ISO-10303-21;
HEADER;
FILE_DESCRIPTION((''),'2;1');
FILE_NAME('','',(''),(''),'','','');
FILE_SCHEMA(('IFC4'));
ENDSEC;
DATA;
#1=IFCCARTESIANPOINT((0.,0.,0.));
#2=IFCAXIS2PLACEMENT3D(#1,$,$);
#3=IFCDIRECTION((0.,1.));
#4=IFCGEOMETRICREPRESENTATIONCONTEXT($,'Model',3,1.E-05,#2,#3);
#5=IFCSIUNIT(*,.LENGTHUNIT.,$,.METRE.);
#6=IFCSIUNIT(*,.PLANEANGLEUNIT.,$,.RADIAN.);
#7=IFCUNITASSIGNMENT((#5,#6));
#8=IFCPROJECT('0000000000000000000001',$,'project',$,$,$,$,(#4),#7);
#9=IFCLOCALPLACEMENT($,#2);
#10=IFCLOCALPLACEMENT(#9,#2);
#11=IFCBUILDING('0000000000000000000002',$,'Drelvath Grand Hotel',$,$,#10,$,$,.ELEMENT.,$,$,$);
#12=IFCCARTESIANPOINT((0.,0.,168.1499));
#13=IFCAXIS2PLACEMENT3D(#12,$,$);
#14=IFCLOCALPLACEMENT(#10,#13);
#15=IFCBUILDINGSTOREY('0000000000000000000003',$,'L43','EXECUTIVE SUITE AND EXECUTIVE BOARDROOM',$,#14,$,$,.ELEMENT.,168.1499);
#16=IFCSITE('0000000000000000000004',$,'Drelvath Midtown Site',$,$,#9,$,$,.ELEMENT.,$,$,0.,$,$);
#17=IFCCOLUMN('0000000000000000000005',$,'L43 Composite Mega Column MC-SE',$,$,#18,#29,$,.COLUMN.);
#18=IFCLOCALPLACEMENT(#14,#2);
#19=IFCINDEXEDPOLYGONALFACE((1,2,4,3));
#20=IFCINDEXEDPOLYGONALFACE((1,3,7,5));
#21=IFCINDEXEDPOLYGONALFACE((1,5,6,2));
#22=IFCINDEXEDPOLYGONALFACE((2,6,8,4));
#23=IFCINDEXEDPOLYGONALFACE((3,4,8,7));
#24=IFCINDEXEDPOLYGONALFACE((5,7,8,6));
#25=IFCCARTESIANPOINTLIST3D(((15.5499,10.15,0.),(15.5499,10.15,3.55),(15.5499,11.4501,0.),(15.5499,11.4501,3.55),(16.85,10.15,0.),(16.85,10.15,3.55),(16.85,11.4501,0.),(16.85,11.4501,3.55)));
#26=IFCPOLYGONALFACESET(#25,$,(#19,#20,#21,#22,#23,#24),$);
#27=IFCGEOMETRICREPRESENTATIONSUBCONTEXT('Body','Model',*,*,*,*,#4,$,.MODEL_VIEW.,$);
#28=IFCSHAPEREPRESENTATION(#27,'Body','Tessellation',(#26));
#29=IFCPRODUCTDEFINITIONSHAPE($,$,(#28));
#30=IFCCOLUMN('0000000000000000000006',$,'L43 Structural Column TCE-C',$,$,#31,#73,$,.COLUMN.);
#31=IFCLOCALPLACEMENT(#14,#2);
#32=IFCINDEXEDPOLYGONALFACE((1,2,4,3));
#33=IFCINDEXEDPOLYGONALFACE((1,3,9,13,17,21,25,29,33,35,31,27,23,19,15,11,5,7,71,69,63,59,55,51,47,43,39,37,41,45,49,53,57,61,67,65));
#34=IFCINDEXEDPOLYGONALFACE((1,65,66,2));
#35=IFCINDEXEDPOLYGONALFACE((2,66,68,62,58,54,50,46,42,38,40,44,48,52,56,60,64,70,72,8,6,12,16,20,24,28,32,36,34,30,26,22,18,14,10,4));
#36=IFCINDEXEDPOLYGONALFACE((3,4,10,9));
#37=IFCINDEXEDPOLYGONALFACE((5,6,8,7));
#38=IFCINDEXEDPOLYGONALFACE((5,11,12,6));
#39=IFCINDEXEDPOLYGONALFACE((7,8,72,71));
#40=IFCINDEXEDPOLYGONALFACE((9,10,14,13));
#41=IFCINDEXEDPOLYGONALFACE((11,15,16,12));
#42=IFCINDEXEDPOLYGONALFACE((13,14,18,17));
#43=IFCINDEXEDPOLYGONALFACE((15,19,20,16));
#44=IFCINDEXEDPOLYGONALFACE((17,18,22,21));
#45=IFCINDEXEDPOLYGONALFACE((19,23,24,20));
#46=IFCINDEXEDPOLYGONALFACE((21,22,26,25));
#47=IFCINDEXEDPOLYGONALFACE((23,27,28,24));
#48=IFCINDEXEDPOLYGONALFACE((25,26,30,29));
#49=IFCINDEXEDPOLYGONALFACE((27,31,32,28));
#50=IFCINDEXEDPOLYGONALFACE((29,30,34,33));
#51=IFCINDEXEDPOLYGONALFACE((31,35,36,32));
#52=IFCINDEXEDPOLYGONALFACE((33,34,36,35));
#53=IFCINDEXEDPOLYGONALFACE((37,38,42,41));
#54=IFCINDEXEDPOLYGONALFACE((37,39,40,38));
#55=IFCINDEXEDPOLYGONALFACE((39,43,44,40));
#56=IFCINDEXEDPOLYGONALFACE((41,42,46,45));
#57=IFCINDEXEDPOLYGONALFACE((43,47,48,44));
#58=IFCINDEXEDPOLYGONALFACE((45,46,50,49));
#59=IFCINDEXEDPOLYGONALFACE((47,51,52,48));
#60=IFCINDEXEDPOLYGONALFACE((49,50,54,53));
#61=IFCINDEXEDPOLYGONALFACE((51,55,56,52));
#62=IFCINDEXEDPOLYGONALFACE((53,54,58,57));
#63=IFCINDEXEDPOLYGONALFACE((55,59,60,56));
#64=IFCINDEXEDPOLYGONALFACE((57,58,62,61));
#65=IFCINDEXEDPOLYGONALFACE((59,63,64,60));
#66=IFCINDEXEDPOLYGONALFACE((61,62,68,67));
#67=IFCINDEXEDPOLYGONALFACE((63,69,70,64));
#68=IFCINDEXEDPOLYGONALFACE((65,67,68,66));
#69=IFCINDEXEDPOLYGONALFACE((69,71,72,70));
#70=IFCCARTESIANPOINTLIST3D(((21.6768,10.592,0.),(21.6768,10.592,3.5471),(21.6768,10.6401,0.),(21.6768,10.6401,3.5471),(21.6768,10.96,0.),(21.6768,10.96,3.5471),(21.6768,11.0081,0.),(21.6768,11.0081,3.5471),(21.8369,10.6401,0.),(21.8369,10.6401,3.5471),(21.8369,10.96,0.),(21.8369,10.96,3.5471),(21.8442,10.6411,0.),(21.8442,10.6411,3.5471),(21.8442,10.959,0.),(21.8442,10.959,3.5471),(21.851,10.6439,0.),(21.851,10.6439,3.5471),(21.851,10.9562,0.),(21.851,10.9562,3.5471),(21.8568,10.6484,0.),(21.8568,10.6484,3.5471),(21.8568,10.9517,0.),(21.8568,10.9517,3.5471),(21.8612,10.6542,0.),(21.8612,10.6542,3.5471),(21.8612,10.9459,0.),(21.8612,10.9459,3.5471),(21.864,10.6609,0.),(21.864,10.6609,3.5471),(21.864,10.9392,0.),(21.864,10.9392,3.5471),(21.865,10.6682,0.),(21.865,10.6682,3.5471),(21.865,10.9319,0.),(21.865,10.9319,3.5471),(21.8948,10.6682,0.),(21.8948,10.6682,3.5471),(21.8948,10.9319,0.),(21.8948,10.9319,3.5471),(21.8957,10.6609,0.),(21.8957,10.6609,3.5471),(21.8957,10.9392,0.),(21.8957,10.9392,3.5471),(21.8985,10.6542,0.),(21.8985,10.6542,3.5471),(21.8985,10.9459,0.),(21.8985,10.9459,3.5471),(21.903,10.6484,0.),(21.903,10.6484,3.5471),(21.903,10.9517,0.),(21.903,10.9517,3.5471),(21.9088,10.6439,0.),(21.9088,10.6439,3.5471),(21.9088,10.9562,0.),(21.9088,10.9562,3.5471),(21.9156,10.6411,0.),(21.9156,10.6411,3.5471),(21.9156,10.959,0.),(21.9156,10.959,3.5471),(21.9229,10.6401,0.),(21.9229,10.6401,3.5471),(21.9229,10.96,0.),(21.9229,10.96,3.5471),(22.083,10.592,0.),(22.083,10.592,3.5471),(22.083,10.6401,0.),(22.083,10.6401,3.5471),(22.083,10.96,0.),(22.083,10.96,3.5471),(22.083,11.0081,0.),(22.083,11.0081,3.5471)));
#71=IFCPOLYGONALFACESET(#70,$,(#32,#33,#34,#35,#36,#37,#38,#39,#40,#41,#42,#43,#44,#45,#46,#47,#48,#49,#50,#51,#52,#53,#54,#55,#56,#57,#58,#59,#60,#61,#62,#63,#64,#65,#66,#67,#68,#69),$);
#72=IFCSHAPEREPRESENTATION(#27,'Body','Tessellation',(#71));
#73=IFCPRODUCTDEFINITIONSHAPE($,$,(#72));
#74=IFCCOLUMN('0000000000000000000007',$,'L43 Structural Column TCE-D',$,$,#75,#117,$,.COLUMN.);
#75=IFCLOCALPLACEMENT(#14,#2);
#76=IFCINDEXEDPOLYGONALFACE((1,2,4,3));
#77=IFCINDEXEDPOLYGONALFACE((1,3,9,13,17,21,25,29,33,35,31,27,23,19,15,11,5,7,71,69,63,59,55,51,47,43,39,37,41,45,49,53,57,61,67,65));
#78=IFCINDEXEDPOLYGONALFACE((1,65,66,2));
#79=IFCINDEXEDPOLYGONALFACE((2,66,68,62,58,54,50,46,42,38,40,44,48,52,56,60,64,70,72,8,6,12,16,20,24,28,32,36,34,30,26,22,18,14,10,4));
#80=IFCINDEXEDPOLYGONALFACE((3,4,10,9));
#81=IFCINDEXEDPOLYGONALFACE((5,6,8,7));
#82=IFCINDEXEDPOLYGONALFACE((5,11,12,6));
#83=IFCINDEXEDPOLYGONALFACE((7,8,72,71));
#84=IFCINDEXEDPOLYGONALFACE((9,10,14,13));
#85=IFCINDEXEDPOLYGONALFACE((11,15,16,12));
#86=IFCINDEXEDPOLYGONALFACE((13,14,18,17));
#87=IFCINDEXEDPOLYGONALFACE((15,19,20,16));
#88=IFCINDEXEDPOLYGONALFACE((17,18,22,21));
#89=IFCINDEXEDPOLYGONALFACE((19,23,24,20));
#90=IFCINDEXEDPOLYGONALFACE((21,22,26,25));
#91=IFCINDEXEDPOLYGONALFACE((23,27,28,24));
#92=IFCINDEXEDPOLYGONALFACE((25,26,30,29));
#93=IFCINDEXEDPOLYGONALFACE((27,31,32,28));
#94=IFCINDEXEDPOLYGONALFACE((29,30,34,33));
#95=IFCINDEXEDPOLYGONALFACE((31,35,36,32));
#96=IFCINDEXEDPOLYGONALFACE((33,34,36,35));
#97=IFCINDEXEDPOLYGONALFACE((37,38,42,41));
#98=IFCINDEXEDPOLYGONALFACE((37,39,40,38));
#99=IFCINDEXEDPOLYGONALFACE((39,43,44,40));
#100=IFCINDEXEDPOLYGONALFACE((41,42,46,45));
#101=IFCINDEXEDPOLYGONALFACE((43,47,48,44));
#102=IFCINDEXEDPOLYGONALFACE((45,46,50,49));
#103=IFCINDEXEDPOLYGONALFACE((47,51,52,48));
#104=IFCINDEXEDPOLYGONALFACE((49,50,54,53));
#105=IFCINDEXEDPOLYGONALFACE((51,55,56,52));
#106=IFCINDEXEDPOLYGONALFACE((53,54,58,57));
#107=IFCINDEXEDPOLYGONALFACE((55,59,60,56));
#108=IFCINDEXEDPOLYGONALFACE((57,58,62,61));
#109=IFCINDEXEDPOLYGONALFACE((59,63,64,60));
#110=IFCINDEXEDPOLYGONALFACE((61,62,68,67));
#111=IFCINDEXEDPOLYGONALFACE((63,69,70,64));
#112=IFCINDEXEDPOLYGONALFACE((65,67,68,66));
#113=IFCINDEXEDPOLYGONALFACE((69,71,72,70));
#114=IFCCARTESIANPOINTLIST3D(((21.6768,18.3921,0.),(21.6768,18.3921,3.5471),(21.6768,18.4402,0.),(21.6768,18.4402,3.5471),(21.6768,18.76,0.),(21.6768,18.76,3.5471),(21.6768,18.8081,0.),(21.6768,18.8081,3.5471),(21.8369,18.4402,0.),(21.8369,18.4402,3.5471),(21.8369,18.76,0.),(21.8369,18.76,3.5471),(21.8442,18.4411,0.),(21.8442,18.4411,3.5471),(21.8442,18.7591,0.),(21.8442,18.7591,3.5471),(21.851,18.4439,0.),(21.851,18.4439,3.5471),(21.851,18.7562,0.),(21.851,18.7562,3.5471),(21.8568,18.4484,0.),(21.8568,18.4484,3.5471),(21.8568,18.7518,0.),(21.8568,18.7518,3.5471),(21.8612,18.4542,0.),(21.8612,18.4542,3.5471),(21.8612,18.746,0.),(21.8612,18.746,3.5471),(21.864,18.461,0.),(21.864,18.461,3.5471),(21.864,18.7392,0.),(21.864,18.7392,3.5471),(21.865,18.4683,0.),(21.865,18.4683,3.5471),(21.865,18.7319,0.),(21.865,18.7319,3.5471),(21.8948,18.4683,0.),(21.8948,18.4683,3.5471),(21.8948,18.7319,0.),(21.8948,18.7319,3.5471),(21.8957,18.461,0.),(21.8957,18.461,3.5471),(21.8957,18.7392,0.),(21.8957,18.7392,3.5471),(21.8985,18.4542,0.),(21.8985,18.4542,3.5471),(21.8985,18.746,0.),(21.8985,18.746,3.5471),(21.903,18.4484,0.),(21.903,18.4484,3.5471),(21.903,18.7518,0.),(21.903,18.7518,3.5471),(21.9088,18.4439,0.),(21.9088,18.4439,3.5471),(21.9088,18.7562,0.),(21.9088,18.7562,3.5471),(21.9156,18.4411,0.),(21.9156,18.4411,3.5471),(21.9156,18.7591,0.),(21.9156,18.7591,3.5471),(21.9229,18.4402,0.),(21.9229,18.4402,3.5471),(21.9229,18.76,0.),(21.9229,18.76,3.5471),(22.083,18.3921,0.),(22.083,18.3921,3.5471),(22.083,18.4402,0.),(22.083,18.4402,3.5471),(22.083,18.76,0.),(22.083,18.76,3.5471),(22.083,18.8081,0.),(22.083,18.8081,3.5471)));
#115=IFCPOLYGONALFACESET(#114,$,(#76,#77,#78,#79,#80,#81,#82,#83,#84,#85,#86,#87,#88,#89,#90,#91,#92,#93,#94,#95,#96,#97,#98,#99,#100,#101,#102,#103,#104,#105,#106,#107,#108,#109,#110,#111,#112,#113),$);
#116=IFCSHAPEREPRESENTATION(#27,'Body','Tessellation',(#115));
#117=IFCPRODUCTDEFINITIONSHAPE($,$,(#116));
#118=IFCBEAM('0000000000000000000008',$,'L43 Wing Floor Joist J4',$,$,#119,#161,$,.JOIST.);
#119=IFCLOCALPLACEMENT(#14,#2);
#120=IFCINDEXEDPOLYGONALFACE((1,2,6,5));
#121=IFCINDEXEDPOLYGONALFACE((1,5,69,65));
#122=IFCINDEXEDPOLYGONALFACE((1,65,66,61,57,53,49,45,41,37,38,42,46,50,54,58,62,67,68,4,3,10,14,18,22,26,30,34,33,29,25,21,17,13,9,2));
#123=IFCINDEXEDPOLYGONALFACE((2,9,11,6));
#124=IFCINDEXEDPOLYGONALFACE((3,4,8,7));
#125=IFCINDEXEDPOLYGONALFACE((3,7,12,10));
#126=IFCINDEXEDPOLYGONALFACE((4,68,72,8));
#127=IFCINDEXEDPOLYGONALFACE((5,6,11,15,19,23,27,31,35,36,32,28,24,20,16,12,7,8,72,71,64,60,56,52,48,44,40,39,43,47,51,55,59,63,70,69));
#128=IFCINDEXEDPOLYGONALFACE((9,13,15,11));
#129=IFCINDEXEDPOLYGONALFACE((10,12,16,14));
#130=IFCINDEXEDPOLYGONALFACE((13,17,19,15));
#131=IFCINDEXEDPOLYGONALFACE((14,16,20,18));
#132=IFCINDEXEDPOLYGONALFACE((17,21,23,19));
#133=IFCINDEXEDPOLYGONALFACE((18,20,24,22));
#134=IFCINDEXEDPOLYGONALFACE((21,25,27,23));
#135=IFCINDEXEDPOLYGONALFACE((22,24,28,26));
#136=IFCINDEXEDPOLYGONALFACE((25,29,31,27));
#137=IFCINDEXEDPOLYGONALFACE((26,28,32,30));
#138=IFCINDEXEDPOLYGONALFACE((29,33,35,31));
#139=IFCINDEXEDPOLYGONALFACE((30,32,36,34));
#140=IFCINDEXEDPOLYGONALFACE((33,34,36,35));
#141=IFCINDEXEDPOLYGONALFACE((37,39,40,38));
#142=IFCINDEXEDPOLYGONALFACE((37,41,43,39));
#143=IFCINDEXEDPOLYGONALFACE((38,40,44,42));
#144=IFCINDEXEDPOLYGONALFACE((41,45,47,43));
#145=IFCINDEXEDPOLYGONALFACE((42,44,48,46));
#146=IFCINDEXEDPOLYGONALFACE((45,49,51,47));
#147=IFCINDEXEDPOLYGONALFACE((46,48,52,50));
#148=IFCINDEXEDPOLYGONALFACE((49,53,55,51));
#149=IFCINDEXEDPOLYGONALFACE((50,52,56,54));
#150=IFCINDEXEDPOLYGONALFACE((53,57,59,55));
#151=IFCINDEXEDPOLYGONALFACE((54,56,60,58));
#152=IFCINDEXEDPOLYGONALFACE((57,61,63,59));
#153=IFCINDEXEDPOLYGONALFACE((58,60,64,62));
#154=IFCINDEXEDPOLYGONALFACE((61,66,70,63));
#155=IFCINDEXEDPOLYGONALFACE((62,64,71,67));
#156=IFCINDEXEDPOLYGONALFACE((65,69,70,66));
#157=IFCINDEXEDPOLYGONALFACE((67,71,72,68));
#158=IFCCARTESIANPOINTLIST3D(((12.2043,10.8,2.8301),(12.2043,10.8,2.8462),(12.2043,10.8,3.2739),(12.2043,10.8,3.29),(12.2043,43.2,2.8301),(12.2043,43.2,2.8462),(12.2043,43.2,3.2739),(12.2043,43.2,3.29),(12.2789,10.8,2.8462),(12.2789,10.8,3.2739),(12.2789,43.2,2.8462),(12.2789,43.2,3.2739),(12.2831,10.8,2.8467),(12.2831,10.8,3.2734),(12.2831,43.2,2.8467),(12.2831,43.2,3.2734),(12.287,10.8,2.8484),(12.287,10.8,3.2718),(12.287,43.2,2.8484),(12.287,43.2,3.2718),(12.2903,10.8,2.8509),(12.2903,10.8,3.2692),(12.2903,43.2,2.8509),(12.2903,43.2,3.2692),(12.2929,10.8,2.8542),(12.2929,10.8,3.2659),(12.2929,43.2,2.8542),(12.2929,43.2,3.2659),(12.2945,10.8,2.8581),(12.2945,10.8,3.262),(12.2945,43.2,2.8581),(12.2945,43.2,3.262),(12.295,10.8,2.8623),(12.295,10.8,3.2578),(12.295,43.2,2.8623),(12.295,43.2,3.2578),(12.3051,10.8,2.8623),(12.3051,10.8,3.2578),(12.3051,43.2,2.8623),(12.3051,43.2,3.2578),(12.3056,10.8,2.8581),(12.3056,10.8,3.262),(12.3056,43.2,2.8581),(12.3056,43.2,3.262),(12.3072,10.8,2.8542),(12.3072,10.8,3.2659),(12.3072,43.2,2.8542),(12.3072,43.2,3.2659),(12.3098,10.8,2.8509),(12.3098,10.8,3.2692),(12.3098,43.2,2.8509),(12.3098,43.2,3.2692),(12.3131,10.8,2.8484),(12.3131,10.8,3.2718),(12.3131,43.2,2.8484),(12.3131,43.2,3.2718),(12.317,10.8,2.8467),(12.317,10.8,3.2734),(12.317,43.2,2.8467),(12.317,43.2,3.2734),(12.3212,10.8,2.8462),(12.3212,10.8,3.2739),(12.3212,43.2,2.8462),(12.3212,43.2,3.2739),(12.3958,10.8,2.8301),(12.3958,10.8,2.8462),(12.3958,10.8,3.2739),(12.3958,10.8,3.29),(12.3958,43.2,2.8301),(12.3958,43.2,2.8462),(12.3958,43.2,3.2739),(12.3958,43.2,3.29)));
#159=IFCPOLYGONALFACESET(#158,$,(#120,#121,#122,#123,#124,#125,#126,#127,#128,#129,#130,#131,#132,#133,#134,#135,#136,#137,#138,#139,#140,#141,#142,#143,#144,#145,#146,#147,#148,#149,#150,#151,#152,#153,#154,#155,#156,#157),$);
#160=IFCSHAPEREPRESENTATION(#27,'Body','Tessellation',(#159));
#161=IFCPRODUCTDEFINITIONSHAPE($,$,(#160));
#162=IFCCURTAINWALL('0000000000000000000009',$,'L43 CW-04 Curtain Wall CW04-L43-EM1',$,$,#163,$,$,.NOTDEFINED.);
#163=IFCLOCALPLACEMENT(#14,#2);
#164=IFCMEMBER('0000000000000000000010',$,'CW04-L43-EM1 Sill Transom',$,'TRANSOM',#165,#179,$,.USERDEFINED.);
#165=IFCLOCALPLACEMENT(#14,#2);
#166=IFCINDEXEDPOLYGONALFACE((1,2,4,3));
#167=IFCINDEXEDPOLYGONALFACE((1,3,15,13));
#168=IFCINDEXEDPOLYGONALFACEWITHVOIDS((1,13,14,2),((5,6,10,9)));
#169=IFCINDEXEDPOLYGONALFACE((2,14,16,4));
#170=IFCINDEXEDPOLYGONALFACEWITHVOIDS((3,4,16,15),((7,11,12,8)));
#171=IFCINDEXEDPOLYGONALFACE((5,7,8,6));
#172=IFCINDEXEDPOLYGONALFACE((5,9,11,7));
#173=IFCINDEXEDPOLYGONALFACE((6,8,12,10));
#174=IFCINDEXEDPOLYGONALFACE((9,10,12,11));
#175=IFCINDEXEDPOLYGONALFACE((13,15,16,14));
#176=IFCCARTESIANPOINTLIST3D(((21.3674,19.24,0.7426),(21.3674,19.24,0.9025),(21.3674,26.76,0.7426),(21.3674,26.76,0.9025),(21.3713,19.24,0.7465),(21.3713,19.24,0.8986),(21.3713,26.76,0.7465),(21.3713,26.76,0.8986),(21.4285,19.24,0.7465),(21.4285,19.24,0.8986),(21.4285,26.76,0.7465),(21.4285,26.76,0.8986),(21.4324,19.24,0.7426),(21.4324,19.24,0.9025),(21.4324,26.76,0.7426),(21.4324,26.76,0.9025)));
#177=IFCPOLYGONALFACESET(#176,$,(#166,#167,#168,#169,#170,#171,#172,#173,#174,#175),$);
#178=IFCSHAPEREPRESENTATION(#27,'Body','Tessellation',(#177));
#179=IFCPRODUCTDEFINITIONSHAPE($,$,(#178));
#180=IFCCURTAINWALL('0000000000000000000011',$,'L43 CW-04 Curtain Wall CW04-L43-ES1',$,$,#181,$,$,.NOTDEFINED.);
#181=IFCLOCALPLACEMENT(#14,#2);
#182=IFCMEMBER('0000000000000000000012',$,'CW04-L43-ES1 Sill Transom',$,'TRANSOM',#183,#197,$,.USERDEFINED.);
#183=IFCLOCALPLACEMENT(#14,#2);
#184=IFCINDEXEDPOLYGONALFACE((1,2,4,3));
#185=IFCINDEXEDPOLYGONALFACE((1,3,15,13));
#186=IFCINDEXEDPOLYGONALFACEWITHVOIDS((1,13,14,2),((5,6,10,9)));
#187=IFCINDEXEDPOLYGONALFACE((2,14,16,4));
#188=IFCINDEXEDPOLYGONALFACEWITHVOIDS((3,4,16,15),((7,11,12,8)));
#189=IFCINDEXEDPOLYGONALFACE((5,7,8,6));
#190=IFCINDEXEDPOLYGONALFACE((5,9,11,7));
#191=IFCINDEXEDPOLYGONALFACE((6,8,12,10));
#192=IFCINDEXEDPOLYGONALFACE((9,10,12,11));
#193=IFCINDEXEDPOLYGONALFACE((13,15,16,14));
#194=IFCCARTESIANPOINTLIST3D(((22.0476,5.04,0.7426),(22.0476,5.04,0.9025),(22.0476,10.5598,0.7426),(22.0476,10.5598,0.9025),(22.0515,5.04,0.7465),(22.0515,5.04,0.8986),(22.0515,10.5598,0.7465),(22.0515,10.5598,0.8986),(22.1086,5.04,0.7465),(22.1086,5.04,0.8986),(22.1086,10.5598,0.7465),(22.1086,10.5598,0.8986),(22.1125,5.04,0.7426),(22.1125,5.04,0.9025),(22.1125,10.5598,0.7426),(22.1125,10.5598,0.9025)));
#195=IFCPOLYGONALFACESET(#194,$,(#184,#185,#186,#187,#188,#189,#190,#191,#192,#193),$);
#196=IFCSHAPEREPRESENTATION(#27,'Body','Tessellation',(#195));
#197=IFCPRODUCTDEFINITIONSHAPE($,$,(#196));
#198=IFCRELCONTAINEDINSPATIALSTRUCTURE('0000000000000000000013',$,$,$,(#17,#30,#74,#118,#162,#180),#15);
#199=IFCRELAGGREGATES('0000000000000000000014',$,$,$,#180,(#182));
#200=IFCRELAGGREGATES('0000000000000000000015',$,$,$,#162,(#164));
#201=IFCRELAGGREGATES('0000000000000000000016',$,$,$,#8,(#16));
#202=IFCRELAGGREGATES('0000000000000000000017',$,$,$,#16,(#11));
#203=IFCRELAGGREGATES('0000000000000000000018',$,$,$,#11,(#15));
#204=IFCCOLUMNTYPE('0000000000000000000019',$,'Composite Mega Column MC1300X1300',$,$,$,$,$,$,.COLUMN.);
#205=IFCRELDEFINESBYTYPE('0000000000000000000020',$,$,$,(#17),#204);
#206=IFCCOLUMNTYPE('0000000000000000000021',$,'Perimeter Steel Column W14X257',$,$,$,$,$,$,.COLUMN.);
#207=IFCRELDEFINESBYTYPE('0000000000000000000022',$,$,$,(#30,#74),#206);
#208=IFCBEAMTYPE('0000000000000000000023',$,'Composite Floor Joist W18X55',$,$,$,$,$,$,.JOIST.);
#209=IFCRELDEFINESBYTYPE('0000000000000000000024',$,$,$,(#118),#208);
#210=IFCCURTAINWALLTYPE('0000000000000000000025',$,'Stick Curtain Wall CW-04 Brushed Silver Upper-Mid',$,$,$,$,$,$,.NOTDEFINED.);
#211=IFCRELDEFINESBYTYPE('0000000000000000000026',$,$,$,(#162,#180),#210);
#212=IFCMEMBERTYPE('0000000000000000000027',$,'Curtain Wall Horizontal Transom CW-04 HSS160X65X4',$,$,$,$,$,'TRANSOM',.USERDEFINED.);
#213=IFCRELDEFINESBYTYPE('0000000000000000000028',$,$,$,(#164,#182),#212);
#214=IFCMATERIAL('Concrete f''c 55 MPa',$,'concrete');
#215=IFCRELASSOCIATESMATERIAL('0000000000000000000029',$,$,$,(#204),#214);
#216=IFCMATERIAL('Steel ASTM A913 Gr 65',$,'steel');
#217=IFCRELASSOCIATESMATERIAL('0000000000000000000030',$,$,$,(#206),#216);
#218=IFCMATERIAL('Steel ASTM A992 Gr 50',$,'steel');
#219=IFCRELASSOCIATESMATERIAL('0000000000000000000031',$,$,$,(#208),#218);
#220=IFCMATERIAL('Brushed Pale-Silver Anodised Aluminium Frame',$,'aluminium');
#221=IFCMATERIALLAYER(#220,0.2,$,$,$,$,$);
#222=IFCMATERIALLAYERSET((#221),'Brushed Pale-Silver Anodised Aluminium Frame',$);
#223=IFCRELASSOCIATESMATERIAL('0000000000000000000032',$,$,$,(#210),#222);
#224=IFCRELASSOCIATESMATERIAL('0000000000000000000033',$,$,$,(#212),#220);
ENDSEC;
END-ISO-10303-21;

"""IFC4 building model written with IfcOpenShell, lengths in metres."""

from ifc_helpers import new_model, si_unit, direction, frame, origin, origin_2d, place, context, subcontext, project, spatial, rectangle, hollow_rectangle, i_section, extrude, material, layer, layer_set, material_profile, profile_set, type_object, element, aggregate, save


model = new_model("IFC4")

# Units and contexts
model_context = context("Model", 3, precision=1e-05, world=origin(), true_north=direction((0.0, 1.0)))
body_context = subcontext(model_context, "Body", "Model", "MODEL_VIEW")
ifc_project = project(units=[si_unit("LENGTHUNIT", "METRE"), si_unit("PLANEANGLEUNIT", "RADIAN")], contexts=[model_context])

# Site, building, storey
site_placement = place(None, origin())
site = spatial("IfcSite", under=ifc_project, at=site_placement, Name="Drelvath Midtown Site", CompositionType="ELEMENT", RefElevation=0.0)
building_placement = place(site_placement, origin())
building = spatial("IfcBuilding", under=site, at=building_placement, Name="Drelvath Grand Hotel", CompositionType="ELEMENT")
storey_placement = place(building_placement, frame((0.0, 0.0, 168.1499)))
storey = spatial("IfcBuildingStorey", under=building, at=storey_placement, Name="L43", Description="EXECUTIVE SUITE AND EXECUTIVE BOARDROOM", CompositionType="ELEMENT", Elevation=168.1499)

# Columns
ifc_material_1 = material(Name="Concrete f'c 55 MPa", Category="concrete")
ifc_material_profile_1 = material_profile(ifc_material_1, rectangle(XDim=1.3, YDim=1.3, at=origin_2d()), Name="MC1300X1300")
ifc_profile_set_1 = profile_set([ifc_material_profile_1], Name="Concrete f'c 55 MPa")
column_type_1 = type_object("IfcColumnType", Name="Composite Mega Column MC1300X1300", PredefinedType="COLUMN", material=ifc_profile_set_1)
column_placement = place(storey_placement, frame((16.2, 10.8, 0.0), z_axis=(0.0, 0.0, 1.0), x_axis=(1.0, 0.0, 0.0)))
element("IfcColumn", 1, at=column_placement, inside=storey, type_object=column_type_1, Name="L43 Composite Mega Column MC-SE", PredefinedType="COLUMN", context=body_context, shape_type="SweptSolid", body=[
    extrude(rectangle(XDim=1.3, YDim=1.3, at=origin_2d()), origin(), (0.0, 0.0, 1.0), 3.55),
])
ifc_material_2 = material(Name="Steel ASTM A913 Gr 65", Category="steel")
ifc_material_profile_2 = material_profile(ifc_material_2, i_section(OverallWidth=0.4062, OverallDepth=0.416, WebThickness=0.0298, FlangeThickness=0.0481, FilletRadius=0.0281, at=origin_2d()), Name="W14X257")
ifc_profile_set_2 = profile_set([ifc_material_profile_2], Name="Steel ASTM A913 Gr 65")
column_type_2 = type_object("IfcColumnType", Name="Perimeter Steel Column W14X257", PredefinedType="COLUMN", material=ifc_profile_set_2)
for number, where, z_axis, x_axis, name in (
    (2, (21.8799, 10.8, 0.0), (0.0, 0.0, 1.0), (1.0, 0.0, 0.0), "L43 Structural Column TCE-C"),
    (3, (21.8799, 18.6001, 0.0), (0.0, 0.0, 1.0), (1.0, 0.0, 0.0), "L43 Structural Column TCE-D"),
):
    element("IfcColumn", number, at=place(storey_placement, frame(where, z_axis=z_axis, x_axis=x_axis)), inside=storey, type_object=column_type_2, Name=name, PredefinedType="COLUMN", context=body_context, shape_type="SweptSolid", body=[
        extrude(i_section(OverallWidth=0.4062, OverallDepth=0.416, WebThickness=0.0298, FlangeThickness=0.0481, FilletRadius=0.0281, at=origin_2d()), origin(), (0.0, 0.0, 1.0), 3.5471),
    ])

# Beam
ifc_material_3 = material(Name="Steel ASTM A992 Gr 50", Category="steel")
ifc_material_profile_3 = material_profile(ifc_material_3, i_section(OverallWidth=0.1914, OverallDepth=0.46, WebThickness=0.01, FlangeThickness=0.0161, FilletRadius=0.0161, at=origin_2d()), Name="W18X55")
ifc_profile_set_3 = profile_set([ifc_material_profile_3], Name="Steel ASTM A992 Gr 50")
beam_type_1 = type_object("IfcBeamType", Name="Composite Floor Joist W18X55", PredefinedType="JOIST", material=ifc_profile_set_3)
beam_1_placement = place(storey_placement, frame((12.3, 10.8, 3.0601), z_axis=(0.0, 1.0, 0.0), x_axis=(-1.0, 0.0, 0.0)))
element("IfcBeam", 4, at=beam_1_placement, inside=storey, type_object=beam_type_1, Name="L43 Wing Floor Joist J4", PredefinedType="JOIST", context=body_context, shape_type="SweptSolid", body=[
    extrude(i_section(OverallWidth=0.1914, OverallDepth=0.46, WebThickness=0.01, FlangeThickness=0.0161, FilletRadius=0.0161, at=origin_2d()), origin(), (0.0, 0.0, 1.0), 32.3999),
])

# Curtain walls, members
ifc_material_4 = material(Name="Brushed Pale-Silver Anodised Aluminium Frame", Category="aluminium")
ifc_layer_1 = layer(ifc_material_4, 0.2)
ifc_layer_set_1 = layer_set([ifc_layer_1], Name="Brushed Pale-Silver Anodised Aluminium Frame")
curtain_wall_type = type_object("IfcCurtainWallType", Name="Stick Curtain Wall CW-04 Brushed Silver Upper-Mid", PredefinedType="NOTDEFINED", material=ifc_layer_set_1)
curtain_wall_1_placement = place(storey_placement, origin())
curtain_wall_1 = element("IfcCurtainWall", 5, at=curtain_wall_1_placement, inside=storey, type_object=curtain_wall_type, Name="L43 CW-04 Curtain Wall CW04-L43-EM1", PredefinedType="NOTDEFINED")
ifc_material_profile_4 = material_profile(ifc_material_4, hollow_rectangle(XDim=0.0649, YDim=0.1599, WallThickness=0.0039, at=origin_2d()), Name="HSS160X65X4")
ifc_profile_set_4 = profile_set([ifc_material_profile_4], Name="Brushed Pale-Silver Anodised Aluminium Frame")
member_type_1 = type_object("IfcMemberType", Name="Curtain Wall Horizontal Transom CW-04 HSS160X65X4", ElementType="TRANSOM", PredefinedType="USERDEFINED", material=ifc_profile_set_4)
member_1_placement = place(storey_placement, frame((21.3999, 26.76, 0.8225), z_axis=(0.0, -1.0, 0.0), x_axis=(1.0, 0.0, 0.0)))
member_1 = element("IfcMember", 6, at=member_1_placement, type_object=member_type_1, Name="CW04-L43-EM1 Sill Transom", ObjectType="TRANSOM", PredefinedType="USERDEFINED", context=body_context, shape_type="SweptSolid", body=[
    extrude(hollow_rectangle(XDim=0.0649, YDim=0.1599, WallThickness=0.0039, at=origin_2d()), origin(), (0.0, 0.0, 1.0), 7.52),
])
curtain_wall_2_placement = place(storey_placement, origin())
curtain_wall_2 = element("IfcCurtainWall", 7, at=curtain_wall_2_placement, inside=storey, type_object=curtain_wall_type, Name="L43 CW-04 Curtain Wall CW04-L43-ES1", PredefinedType="NOTDEFINED")
member_2_placement = place(storey_placement, frame((22.0801, 10.5598, 0.8225), z_axis=(0.0, -1.0, 0.0), x_axis=(1.0, 0.0, 0.0)))
member_2 = element("IfcMember", 8, at=member_2_placement, type_object=member_type_1, Name="CW04-L43-ES1 Sill Transom", ObjectType="TRANSOM", PredefinedType="USERDEFINED", context=body_context, shape_type="SweptSolid", body=[
    extrude(hollow_rectangle(XDim=0.0649, YDim=0.1599, WallThickness=0.0039, at=origin_2d()), origin(), (0.0, 0.0, 1.0), 5.5198),
])

aggregate(curtain_wall_2, [member_2])

aggregate(curtain_wall_1, [member_1])

save(model, "model.ifc")
